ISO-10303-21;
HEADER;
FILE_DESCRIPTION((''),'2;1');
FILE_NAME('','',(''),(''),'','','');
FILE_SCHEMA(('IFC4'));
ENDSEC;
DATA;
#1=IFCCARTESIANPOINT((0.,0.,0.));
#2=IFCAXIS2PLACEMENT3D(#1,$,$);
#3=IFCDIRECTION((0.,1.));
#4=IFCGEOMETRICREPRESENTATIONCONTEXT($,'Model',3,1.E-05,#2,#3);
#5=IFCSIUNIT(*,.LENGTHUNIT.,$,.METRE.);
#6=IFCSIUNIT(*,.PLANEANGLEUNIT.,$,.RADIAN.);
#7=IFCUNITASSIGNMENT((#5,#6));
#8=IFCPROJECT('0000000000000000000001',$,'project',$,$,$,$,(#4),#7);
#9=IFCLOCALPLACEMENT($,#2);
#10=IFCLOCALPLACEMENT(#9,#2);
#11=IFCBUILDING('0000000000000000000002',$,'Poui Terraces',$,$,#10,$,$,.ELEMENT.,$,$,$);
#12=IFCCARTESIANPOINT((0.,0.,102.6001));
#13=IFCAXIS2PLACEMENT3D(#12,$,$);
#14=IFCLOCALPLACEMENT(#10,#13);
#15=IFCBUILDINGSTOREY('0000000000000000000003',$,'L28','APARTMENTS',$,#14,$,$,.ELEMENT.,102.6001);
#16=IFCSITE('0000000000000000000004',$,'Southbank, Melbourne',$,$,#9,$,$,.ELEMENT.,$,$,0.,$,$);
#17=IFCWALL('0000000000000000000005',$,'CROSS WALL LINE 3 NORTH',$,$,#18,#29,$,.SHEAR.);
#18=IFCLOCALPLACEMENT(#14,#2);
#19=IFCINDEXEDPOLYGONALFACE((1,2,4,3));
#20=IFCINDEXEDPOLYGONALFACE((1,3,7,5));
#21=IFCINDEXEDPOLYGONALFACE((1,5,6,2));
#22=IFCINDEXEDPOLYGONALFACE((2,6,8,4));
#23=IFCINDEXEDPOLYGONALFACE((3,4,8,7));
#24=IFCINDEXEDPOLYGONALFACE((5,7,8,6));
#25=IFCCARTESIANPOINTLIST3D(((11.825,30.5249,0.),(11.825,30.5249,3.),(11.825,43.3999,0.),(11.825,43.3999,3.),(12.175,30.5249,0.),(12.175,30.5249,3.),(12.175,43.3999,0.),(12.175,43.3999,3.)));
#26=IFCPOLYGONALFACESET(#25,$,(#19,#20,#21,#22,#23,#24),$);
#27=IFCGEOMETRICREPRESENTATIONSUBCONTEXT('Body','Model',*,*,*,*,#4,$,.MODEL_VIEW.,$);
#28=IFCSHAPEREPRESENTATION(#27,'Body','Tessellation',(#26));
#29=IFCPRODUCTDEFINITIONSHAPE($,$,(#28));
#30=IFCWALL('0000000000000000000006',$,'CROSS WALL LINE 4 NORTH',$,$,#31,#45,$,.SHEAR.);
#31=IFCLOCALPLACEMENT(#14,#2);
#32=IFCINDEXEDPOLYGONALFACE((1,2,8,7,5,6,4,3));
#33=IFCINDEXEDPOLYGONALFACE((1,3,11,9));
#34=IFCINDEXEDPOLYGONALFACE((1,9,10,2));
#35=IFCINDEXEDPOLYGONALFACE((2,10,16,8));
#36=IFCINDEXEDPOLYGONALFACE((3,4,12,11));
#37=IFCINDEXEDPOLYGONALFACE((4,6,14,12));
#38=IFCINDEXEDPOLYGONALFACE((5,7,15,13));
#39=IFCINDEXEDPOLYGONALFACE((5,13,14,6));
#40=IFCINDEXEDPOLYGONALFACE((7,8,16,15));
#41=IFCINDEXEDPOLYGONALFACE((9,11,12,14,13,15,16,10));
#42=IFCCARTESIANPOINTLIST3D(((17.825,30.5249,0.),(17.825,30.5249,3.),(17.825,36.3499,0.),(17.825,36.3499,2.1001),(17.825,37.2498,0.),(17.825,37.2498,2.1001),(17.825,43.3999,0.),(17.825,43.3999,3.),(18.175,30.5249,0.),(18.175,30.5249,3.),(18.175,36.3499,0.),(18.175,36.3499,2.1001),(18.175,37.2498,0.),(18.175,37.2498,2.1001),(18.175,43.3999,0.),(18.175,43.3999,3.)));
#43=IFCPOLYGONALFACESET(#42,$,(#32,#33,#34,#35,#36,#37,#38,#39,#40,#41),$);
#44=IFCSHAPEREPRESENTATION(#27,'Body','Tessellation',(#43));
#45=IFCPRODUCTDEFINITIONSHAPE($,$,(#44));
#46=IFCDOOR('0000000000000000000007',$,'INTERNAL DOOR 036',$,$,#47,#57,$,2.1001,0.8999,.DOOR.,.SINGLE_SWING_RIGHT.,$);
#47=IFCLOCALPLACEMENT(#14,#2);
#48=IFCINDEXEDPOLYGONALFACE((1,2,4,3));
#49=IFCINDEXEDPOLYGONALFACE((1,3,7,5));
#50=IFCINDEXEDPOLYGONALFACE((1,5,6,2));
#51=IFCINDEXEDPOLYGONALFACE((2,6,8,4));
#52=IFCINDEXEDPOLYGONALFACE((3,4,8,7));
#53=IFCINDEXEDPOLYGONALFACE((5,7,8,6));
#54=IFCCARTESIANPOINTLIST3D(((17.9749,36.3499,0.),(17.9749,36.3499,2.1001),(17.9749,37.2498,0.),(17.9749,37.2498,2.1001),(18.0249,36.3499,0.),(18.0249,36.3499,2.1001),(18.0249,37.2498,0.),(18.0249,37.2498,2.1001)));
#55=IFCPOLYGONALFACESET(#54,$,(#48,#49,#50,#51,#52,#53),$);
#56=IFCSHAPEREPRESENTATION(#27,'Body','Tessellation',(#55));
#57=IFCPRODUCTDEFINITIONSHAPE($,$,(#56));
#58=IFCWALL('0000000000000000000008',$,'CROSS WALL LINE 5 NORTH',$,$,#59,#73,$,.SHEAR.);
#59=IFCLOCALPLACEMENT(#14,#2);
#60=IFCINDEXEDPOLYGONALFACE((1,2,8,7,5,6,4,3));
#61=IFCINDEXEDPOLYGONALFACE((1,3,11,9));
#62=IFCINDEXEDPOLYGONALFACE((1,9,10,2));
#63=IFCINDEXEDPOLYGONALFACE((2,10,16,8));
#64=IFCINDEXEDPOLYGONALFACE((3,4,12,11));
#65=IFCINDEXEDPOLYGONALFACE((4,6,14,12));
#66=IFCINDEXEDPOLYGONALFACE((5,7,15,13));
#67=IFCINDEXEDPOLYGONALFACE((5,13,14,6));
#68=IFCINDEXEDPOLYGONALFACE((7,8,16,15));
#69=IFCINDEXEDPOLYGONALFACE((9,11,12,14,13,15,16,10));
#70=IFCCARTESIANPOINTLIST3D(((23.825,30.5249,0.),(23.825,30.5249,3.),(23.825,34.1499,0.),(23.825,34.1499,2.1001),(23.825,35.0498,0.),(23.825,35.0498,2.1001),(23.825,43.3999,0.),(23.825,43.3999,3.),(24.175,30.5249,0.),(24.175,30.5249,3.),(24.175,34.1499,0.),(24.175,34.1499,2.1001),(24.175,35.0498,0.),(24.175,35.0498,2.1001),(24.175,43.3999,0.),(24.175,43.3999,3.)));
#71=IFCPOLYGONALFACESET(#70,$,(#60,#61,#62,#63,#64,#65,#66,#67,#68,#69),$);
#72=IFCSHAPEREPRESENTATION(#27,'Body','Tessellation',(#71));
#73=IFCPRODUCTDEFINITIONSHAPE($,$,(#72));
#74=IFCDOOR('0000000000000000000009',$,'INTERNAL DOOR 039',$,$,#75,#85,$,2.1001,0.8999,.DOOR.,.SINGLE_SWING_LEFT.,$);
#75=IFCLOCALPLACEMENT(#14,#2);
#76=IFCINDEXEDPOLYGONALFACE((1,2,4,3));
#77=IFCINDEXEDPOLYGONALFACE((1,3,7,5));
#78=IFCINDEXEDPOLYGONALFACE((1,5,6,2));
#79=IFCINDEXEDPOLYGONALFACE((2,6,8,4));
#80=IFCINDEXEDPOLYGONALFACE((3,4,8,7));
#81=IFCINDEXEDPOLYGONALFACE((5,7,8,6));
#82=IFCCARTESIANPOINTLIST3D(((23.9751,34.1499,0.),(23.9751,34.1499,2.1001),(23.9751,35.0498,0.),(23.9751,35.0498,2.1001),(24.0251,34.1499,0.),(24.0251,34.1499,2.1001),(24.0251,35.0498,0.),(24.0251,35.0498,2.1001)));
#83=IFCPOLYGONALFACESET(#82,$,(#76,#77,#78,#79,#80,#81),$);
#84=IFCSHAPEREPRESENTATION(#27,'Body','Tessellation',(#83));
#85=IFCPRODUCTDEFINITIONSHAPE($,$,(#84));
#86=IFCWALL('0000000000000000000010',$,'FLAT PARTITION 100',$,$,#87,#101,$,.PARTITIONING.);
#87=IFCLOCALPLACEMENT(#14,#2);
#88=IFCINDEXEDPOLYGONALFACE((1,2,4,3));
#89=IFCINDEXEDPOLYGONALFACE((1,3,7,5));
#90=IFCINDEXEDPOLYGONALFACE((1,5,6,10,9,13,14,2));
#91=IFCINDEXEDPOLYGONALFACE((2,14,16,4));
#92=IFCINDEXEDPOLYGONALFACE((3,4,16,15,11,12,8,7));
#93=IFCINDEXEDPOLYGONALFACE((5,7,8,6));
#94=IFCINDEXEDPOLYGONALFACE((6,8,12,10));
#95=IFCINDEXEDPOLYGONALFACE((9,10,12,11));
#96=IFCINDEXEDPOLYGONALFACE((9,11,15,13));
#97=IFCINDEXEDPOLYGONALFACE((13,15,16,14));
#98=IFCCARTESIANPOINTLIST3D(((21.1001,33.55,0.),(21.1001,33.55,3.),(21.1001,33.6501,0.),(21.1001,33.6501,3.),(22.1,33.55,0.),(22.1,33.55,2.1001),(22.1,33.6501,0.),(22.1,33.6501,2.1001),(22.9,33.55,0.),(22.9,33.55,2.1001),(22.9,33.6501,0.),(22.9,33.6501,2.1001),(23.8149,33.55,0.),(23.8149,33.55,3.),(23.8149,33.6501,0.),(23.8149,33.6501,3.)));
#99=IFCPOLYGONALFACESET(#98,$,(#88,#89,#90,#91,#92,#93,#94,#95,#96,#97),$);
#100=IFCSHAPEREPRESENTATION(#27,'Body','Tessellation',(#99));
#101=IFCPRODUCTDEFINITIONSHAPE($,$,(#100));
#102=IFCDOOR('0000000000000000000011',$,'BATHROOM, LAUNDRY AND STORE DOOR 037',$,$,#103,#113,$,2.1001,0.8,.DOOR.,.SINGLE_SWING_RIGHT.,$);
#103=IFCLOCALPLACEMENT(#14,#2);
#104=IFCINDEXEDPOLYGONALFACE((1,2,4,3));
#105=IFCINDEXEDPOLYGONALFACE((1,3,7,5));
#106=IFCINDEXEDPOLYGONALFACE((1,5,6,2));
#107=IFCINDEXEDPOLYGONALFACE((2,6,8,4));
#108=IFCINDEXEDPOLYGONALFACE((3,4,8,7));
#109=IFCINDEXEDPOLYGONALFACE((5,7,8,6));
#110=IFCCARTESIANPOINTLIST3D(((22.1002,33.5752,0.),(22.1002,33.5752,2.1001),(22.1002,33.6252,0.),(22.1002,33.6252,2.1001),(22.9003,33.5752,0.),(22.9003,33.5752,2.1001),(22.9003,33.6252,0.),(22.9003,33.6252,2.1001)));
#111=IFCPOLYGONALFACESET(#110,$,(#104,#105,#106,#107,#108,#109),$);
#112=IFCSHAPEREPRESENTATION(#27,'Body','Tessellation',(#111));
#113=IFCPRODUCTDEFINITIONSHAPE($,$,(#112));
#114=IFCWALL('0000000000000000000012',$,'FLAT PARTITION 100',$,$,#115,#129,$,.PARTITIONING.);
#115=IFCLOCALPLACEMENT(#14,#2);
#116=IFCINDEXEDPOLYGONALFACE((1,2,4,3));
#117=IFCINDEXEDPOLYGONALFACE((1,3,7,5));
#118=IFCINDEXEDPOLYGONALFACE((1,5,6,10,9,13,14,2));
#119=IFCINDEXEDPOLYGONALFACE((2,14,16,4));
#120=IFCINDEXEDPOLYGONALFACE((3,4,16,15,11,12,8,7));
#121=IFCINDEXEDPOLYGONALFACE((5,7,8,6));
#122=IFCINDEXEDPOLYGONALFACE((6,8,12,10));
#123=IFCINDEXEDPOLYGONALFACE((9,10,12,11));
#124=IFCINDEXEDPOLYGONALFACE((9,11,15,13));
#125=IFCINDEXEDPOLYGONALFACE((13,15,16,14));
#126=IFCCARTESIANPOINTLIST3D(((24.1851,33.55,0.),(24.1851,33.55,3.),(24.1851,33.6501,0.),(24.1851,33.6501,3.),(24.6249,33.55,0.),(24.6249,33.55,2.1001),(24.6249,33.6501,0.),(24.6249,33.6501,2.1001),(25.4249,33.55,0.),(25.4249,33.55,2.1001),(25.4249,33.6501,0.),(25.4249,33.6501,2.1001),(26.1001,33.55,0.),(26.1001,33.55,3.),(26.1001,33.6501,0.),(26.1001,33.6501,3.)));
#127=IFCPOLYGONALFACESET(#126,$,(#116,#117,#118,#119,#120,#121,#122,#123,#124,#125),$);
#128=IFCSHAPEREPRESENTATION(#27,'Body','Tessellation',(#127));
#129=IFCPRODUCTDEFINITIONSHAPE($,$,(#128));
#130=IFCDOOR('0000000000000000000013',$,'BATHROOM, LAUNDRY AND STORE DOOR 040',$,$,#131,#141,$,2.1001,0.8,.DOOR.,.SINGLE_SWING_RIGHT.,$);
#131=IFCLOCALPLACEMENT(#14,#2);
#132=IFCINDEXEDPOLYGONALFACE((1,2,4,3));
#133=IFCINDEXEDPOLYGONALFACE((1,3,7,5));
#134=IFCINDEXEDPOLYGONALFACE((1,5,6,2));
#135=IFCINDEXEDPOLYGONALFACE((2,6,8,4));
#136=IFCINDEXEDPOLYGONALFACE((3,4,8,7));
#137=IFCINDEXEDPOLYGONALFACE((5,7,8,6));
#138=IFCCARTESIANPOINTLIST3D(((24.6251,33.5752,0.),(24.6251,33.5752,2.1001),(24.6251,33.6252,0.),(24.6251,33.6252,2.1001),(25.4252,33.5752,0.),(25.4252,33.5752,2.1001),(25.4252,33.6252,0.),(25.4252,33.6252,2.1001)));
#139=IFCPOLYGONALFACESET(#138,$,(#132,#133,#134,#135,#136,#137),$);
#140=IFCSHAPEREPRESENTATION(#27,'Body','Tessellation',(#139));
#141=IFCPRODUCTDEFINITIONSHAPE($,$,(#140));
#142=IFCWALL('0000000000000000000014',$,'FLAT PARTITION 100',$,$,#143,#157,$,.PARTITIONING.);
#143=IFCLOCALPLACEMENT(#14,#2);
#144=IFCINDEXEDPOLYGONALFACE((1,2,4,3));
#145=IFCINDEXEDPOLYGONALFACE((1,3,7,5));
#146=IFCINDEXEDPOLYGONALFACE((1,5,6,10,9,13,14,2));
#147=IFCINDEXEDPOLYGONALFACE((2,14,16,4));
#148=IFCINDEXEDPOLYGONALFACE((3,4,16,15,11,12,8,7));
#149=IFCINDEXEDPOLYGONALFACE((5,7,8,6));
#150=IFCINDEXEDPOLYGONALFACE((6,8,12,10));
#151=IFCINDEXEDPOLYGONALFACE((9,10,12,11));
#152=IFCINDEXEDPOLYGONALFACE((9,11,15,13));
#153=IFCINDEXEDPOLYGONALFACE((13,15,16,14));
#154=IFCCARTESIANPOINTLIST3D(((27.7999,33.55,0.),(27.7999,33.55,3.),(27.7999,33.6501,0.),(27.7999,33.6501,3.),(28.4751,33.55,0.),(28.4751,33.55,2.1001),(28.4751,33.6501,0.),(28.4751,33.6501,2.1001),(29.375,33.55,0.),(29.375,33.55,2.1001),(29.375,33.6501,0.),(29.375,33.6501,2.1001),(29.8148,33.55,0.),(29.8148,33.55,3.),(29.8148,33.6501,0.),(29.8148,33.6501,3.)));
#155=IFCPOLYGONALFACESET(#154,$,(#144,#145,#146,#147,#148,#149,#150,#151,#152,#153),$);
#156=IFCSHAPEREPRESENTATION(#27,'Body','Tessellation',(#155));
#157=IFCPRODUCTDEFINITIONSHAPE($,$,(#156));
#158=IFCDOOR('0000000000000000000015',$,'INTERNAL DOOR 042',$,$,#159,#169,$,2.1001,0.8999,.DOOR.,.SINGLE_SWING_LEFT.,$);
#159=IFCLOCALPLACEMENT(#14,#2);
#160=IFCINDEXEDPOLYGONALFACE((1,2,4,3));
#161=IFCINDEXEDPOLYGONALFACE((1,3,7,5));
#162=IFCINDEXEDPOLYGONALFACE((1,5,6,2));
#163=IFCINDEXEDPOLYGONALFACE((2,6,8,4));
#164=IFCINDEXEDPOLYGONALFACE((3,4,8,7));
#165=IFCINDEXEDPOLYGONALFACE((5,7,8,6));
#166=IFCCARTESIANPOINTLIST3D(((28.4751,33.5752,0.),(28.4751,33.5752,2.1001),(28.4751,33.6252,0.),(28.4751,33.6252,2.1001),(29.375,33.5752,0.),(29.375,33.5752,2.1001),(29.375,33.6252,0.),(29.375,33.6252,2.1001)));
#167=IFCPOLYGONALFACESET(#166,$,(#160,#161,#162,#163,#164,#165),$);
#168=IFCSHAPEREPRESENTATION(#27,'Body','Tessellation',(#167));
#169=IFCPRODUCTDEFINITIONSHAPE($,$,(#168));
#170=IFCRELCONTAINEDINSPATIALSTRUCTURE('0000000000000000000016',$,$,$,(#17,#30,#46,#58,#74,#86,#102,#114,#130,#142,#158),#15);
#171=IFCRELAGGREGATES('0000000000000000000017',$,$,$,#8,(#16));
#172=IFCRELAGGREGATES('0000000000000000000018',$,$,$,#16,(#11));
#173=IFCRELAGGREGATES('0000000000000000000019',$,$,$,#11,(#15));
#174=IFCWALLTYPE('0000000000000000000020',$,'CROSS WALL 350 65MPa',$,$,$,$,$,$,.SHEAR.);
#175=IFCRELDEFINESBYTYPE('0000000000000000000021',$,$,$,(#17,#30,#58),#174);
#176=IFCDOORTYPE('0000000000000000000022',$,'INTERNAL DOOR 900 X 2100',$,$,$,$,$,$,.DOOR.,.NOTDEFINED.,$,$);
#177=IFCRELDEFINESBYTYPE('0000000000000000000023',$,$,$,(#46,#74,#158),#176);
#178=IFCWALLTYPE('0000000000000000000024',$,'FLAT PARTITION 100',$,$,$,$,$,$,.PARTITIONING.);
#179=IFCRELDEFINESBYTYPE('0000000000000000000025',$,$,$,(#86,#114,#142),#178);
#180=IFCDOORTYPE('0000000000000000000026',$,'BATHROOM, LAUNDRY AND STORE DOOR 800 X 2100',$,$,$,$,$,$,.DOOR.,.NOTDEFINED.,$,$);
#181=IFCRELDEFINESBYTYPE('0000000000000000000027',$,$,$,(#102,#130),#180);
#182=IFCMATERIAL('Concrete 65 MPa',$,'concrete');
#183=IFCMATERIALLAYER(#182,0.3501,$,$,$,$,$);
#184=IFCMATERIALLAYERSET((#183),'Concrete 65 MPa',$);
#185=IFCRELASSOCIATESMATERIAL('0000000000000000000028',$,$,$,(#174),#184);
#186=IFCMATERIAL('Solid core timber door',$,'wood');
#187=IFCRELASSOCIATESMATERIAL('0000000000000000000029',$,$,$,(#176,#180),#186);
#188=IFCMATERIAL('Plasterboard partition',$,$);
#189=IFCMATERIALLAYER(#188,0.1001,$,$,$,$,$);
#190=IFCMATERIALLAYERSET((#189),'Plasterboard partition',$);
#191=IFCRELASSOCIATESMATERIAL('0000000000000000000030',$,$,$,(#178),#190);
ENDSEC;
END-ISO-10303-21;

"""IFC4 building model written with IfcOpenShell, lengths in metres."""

from ifc_helpers import new_model, si_unit, direction, frame, frame_2d, origin, place, context, subcontext, project, spatial, rectangle, extrude, material, layer, layer_set, type_object, element, fill, save


model = new_model("IFC4")

# Units and contexts
model_context = context("Model", 3, precision=1e-05, world=origin(), true_north=direction((0.0, 1.0)))
body_context = subcontext(model_context, "Body", "Model", "MODEL_VIEW")
ifc_project = project(units=[si_unit("LENGTHUNIT", "METRE"), si_unit("PLANEANGLEUNIT", "RADIAN")], contexts=[model_context])

# Site, building, storey
site_placement = place(None, origin())
site = spatial("IfcSite", under=ifc_project, at=site_placement, Name="Southbank, Melbourne", CompositionType="ELEMENT", RefElevation=0.0)
building_placement = place(site_placement, origin())
building = spatial("IfcBuilding", under=site, at=building_placement, Name="Poui Terraces", CompositionType="ELEMENT")
storey_placement = place(building_placement, frame((0.0, 0.0, 102.6001)))
storey = spatial("IfcBuildingStorey", under=building, at=storey_placement, Name="L28", Description="APARTMENTS", CompositionType="ELEMENT", Elevation=102.6001)

# Wall
ifc_material_1 = material(Name="Concrete 65 MPa", Category="concrete")
ifc_layer_1 = layer(ifc_material_1, 0.3501)
ifc_layer_set_1 = layer_set([ifc_layer_1], Name="Concrete 65 MPa")
wall_type_1 = type_object("IfcWallType", Name="CROSS WALL 350 65MPa", PredefinedType="SHEAR", material=ifc_layer_set_1)
wall_1_placement = place(storey_placement, frame((12.0, 30.5249, 0.0), z_axis=(0.0, 0.0, 1.0), x_axis=(0.0, 1.0, 0.0)))
element("IfcWall", 1, at=wall_1_placement, inside=storey, type_object=wall_type_1, Name="CROSS WALL LINE 3 NORTH", PredefinedType="SHEAR", context=body_context, shape_type="SweptSolid", body=[
    extrude(rectangle(XDim=12.875, YDim=0.3501, at=frame_2d((6.4375, 0.0))), origin(), (0.0, 0.0, 1.0), 3.0),
])

# Walls, openings, doors
wall_2_placement = place(storey_placement, frame((18.0, 30.5249, 0.0), z_axis=(0.0, 0.0, 1.0), x_axis=(0.0, 1.0, 0.0)))
wall_2 = element("IfcWall", 2, at=wall_2_placement, inside=storey, type_object=wall_type_1, Name="CROSS WALL LINE 4 NORTH", PredefinedType="SHEAR", context=body_context, shape_type="SweptSolid", body=[
    extrude(rectangle(XDim=12.875, YDim=0.3501, at=frame_2d((6.4375, 0.0))), origin(), (0.0, 0.0, 1.0), 3.0),
])
opening_1_placement = place(wall_2_placement, frame((5.825, 0.0, 0.0)))
opening_1 = element("IfcOpeningElement", 3, at=opening_1_placement, cuts=wall_2, PredefinedType="OPENING", context=body_context, shape_type="SweptSolid", body=[
    extrude(rectangle(XDim=0.8999, YDim=2.1001, at=frame_2d((0.45, 1.05))), frame((0.0, 0.1851, 0.0), z_axis=(0.0, -1.0, 0.0), x_axis=(1.0, 0.0, 0.0)), (0.0, 0.0, 1.0), 0.3701),
])
ifc_material_2 = material(Name="Solid core timber door", Category="wood")
door_type_1 = type_object("IfcDoorType", Name="INTERNAL DOOR 900 X 2100", OperationType="NOTDEFINED", PredefinedType="DOOR", material=ifc_material_2)
door_1_placement = place(opening_1_placement, frame((0.8999, 0.0, 0.0), z_axis=(0.0, 0.0, 1.0), x_axis=(-1.0, 0.0, 0.0)))
door_1 = element("IfcDoor", 4, at=door_1_placement, inside=storey, type_object=door_type_1, Name="INTERNAL DOOR 036", OperationType="SINGLE_SWING_RIGHT", OverallHeight=2.1001, OverallWidth=0.8999, PredefinedType="DOOR", context=body_context, shape_type="SweptSolid", body=[
    extrude(rectangle(XDim=0.8999, YDim=2.1001, at=frame_2d((0.45, 1.05))), frame((0.0, 0.0249, 0.0), z_axis=(0.0, -1.0, 0.0), x_axis=(1.0, 0.0, 0.0)), (0.0, 0.0, 1.0), 0.05),
])
fill(opening_1, door_1)
wall_3_placement = place(storey_placement, frame((24.0, 30.5249, 0.0), z_axis=(0.0, 0.0, 1.0), x_axis=(0.0, 1.0, 0.0)))
wall_3 = element("IfcWall", 5, at=wall_3_placement, inside=storey, type_object=wall_type_1, Name="CROSS WALL LINE 5 NORTH", PredefinedType="SHEAR", context=body_context, shape_type="SweptSolid", body=[
    extrude(rectangle(XDim=12.875, YDim=0.3501, at=frame_2d((6.4375, 0.0))), origin(), (0.0, 0.0, 1.0), 3.0),
])
opening_2_placement = place(wall_3_placement, frame((3.625, 0.0, 0.0)))
opening_2 = element("IfcOpeningElement", 6, at=opening_2_placement, cuts=wall_3, PredefinedType="OPENING", context=body_context, shape_type="SweptSolid", body=[
    extrude(rectangle(XDim=0.8999, YDim=2.1001, at=frame_2d((0.45, 1.05))), frame((0.0, 0.1851, 0.0), z_axis=(0.0, -1.0, 0.0), x_axis=(1.0, 0.0, 0.0)), (0.0, 0.0, 1.0), 0.3701),
])
door_2_placement = place(opening_2_placement, origin())
door_2 = element("IfcDoor", 7, at=door_2_placement, inside=storey, type_object=door_type_1, Name="INTERNAL DOOR 039", OperationType="SINGLE_SWING_LEFT", OverallHeight=2.1001, OverallWidth=0.8999, PredefinedType="DOOR", context=body_context, shape_type="SweptSolid", body=[
    extrude(rectangle(XDim=0.8999, YDim=2.1001, at=frame_2d((0.45, 1.05))), frame((0.0, 0.0249, 0.0), z_axis=(0.0, -1.0, 0.0), x_axis=(1.0, 0.0, 0.0)), (0.0, 0.0, 1.0), 0.05),
])
fill(opening_2, door_2)
ifc_material_3 = material(Name="Plasterboard partition")
ifc_layer_2 = layer(ifc_material_3, 0.1001)
ifc_layer_set_2 = layer_set([ifc_layer_2], Name="Plasterboard partition")
wall_type_2 = type_object("IfcWallType", Name="FLAT PARTITION 100", PredefinedType="PARTITIONING", material=ifc_layer_set_2)
wall_4_placement = place(storey_placement, frame((21.1001, 33.6001, 0.0), z_axis=(0.0, 0.0, 1.0), x_axis=(1.0, 0.0, 0.0)))
wall_4 = element("IfcWall", 8, at=wall_4_placement, inside=storey, type_object=wall_type_2, Name="FLAT PARTITION 100", PredefinedType="PARTITIONING", context=body_context, shape_type="SweptSolid", body=[
    extrude(rectangle(XDim=2.7148, YDim=0.1001, at=frame_2d((1.3574, 0.0))), origin(), (0.0, 0.0, 1.0), 3.0),
])
opening_3_placement = place(wall_4_placement, frame((1.0, 0.0, 0.0)))
opening_3 = element("IfcOpeningElement", 9, at=opening_3_placement, cuts=wall_4, PredefinedType="OPENING", context=body_context, shape_type="SweptSolid", body=[
    extrude(rectangle(XDim=0.8, YDim=2.1001, at=frame_2d((0.3999, 1.05))), frame((0.0, 0.0601, 0.0), z_axis=(0.0, -1.0, 0.0), x_axis=(1.0, 0.0, 0.0)), (0.0, 0.0, 1.0), 0.1201),
])
door_type_2 = type_object("IfcDoorType", Name="BATHROOM, LAUNDRY AND STORE DOOR 800 X 2100", OperationType="NOTDEFINED", PredefinedType="DOOR", material=ifc_material_2)
door_3_placement = place(opening_3_placement, frame((0.8, 0.0, 0.0), z_axis=(0.0, 0.0, 1.0), x_axis=(-1.0, 0.0, 0.0)))
door_3 = element("IfcDoor", 10, at=door_3_placement, inside=storey, type_object=door_type_2, Name="BATHROOM, LAUNDRY AND STORE DOOR 037", OperationType="SINGLE_SWING_RIGHT", OverallHeight=2.1001, OverallWidth=0.8, PredefinedType="DOOR", context=body_context, shape_type="SweptSolid", body=[
    extrude(rectangle(XDim=0.8, YDim=2.1001, at=frame_2d((0.3999, 1.05))), frame((0.0, 0.0249, 0.0), z_axis=(0.0, -1.0, 0.0), x_axis=(1.0, 0.0, 0.0)), (0.0, 0.0, 1.0), 0.05),
])
fill(opening_3, door_3)
wall_5_placement = place(storey_placement, frame((24.1851, 33.6001, 0.0), z_axis=(0.0, 0.0, 1.0), x_axis=(1.0, 0.0, 0.0)))
wall_5 = element("IfcWall", 11, at=wall_5_placement, inside=storey, type_object=wall_type_2, Name="FLAT PARTITION 100", PredefinedType="PARTITIONING", context=body_context, shape_type="SweptSolid", body=[
    extrude(rectangle(XDim=1.915, YDim=0.1001, at=frame_2d((0.9575, 0.0))), origin(), (0.0, 0.0, 1.0), 3.0),
])
opening_4_placement = place(wall_5_placement, frame((0.4399, 0.0, 0.0)))
opening_4 = element("IfcOpeningElement", 12, at=opening_4_placement, cuts=wall_5, PredefinedType="OPENING", context=body_context, shape_type="SweptSolid", body=[
    extrude(rectangle(XDim=0.8, YDim=2.1001, at=frame_2d((0.3999, 1.05))), frame((0.0, 0.0601, 0.0), z_axis=(0.0, -1.0, 0.0), x_axis=(1.0, 0.0, 0.0)), (0.0, 0.0, 1.0), 0.1201),
])
door_4_placement = place(opening_4_placement, frame((0.8, 0.0, 0.0), z_axis=(0.0, 0.0, 1.0), x_axis=(-1.0, 0.0, 0.0)))
door_4 = element("IfcDoor", 13, at=door_4_placement, inside=storey, type_object=door_type_2, Name="BATHROOM, LAUNDRY AND STORE DOOR 040", OperationType="SINGLE_SWING_RIGHT", OverallHeight=2.1001, OverallWidth=0.8, PredefinedType="DOOR", context=body_context, shape_type="SweptSolid", body=[
    extrude(rectangle(XDim=0.8, YDim=2.1001, at=frame_2d((0.3999, 1.05))), frame((0.0, 0.0249, 0.0), z_axis=(0.0, -1.0, 0.0), x_axis=(1.0, 0.0, 0.0)), (0.0, 0.0, 1.0), 0.05),
])
fill(opening_4, door_4)
wall_6_placement = place(storey_placement, frame((27.8, 33.6001, 0.0), z_axis=(0.0, 0.0, 1.0), x_axis=(1.0, 0.0, 0.0)))
wall_6 = element("IfcWall", 14, at=wall_6_placement, inside=storey, type_object=wall_type_2, Name="FLAT PARTITION 100", PredefinedType="PARTITIONING", context=body_context, shape_type="SweptSolid", body=[
    extrude(rectangle(XDim=2.0149, YDim=0.1001, at=frame_2d((1.0073, 0.0))), origin(), (0.0, 0.0, 1.0), 3.0),
])
opening_5_placement = place(wall_6_placement, frame((0.675, 0.0, 0.0)))
opening_5 = element("IfcOpeningElement", 15, at=opening_5_placement, cuts=wall_6, PredefinedType="OPENING", context=body_context, shape_type="SweptSolid", body=[
    extrude(rectangle(XDim=0.8999, YDim=2.1001, at=frame_2d((0.45, 1.05))), frame((0.0, 0.0601, 0.0), z_axis=(0.0, -1.0, 0.0), x_axis=(1.0, 0.0, 0.0)), (0.0, 0.0, 1.0), 0.1201),
])
door_5_placement = place(opening_5_placement, frame((0.8999, 0.0, 0.0), z_axis=(0.0, 0.0, 1.0), x_axis=(-1.0, 0.0, 0.0)))
door_5 = element("IfcDoor", 16, at=door_5_placement, inside=storey, type_object=door_type_1, Name="INTERNAL DOOR 042", OperationType="SINGLE_SWING_LEFT", OverallHeight=2.1001, OverallWidth=0.8999, PredefinedType="DOOR", context=body_context, shape_type="SweptSolid", body=[
    extrude(rectangle(XDim=0.8999, YDim=2.1001, at=frame_2d((0.45, 1.05))), frame((0.0, 0.0249, 0.0), z_axis=(0.0, -1.0, 0.0), x_axis=(1.0, 0.0, 0.0)), (0.0, 0.0, 1.0), 0.05),
])
fill(opening_5, door_5)

save(model, "model.ifc")
